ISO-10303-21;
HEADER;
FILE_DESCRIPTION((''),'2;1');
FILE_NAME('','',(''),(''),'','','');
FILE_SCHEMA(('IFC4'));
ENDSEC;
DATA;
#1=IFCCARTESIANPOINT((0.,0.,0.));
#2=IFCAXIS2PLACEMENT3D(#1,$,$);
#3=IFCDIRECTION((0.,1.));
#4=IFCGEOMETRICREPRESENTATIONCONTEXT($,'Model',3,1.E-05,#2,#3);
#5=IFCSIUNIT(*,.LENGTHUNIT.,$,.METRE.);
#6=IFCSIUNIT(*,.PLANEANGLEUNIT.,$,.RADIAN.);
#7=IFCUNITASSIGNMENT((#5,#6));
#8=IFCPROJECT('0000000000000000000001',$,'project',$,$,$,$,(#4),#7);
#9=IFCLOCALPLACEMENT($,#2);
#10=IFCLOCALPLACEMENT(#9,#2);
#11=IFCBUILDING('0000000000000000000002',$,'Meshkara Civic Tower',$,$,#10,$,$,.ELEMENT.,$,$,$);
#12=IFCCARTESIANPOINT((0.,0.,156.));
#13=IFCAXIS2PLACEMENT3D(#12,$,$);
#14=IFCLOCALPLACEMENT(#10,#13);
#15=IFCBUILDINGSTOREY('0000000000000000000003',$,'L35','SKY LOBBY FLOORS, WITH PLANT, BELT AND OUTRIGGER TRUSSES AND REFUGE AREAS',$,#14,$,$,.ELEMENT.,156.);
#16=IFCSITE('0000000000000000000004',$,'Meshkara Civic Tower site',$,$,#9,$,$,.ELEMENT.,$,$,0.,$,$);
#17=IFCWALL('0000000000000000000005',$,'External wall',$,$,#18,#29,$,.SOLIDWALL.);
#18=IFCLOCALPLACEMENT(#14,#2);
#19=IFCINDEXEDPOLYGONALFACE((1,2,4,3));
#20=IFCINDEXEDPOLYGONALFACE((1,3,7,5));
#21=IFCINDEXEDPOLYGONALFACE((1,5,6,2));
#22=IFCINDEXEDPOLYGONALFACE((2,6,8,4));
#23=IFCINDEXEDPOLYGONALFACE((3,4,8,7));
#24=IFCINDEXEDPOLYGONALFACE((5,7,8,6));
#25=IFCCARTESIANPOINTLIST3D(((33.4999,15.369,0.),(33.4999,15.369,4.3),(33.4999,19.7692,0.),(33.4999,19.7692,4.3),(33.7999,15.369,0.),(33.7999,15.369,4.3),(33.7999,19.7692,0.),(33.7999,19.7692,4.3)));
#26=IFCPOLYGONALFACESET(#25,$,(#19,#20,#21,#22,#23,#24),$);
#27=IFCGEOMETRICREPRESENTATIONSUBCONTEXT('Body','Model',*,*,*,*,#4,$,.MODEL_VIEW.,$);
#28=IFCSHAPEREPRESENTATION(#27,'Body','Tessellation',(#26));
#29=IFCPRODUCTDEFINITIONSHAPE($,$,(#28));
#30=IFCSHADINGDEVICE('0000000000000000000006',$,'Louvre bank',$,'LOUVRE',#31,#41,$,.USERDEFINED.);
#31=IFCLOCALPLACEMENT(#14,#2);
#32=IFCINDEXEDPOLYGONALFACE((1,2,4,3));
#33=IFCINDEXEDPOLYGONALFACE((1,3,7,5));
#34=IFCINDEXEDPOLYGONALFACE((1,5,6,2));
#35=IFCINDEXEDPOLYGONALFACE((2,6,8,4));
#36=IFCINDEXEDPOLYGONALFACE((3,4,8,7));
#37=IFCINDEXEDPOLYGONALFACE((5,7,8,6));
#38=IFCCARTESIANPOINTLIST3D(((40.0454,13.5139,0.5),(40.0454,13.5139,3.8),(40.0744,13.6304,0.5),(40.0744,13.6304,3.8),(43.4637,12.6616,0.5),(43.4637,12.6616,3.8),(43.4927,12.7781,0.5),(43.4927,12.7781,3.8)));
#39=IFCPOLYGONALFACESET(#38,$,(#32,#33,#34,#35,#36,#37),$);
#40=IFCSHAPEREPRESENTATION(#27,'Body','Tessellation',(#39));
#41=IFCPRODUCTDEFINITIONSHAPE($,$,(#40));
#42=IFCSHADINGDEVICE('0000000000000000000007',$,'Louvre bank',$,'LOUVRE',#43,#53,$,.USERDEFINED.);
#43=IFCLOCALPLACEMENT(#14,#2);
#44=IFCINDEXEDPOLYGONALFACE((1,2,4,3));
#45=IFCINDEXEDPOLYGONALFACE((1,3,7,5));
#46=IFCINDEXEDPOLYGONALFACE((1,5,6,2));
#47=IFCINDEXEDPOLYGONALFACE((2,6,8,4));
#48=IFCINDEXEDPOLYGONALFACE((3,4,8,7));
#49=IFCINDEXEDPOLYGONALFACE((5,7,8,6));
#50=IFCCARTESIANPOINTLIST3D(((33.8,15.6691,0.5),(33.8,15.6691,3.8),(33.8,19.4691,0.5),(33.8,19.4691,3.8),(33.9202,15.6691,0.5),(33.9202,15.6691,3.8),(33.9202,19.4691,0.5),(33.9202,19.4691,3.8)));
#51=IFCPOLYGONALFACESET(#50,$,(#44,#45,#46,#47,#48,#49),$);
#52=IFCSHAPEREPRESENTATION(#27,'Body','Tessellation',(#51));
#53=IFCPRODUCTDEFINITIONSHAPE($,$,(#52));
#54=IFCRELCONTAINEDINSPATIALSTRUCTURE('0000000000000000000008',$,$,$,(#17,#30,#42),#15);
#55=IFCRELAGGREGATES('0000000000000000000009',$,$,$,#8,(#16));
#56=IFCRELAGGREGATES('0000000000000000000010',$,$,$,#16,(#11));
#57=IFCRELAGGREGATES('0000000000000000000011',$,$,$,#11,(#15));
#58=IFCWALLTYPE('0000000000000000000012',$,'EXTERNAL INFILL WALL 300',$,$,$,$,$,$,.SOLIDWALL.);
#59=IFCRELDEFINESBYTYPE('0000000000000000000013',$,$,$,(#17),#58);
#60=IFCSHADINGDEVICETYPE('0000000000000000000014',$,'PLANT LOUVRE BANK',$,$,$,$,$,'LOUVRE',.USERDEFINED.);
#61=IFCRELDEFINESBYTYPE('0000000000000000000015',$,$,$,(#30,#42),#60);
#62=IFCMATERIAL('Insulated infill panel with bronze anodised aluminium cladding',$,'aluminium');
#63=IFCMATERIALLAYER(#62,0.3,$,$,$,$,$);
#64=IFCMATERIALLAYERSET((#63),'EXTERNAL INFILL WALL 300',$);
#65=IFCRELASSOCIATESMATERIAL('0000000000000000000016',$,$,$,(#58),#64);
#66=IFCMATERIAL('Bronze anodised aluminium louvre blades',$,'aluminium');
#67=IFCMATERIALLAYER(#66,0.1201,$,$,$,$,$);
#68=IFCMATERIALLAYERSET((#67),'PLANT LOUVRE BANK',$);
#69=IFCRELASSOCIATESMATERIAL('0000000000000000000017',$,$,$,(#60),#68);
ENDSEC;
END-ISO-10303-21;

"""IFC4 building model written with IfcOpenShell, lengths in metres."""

from ifc_helpers import new_model, si_unit, direction, frame, frame_2d, origin, origin_2d, place, context, subcontext, project, spatial, rectangle, extrude, material, layer, layer_set, type_object, element, save


model = new_model("IFC4")

# Units and contexts
model_context = context("Model", 3, precision=1e-05, world=origin(), true_north=direction((0.0, 1.0)))
body_context = subcontext(model_context, "Body", "Model", "MODEL_VIEW")
ifc_project = project(units=[si_unit("LENGTHUNIT", "METRE"), si_unit("PLANEANGLEUNIT", "RADIAN")], contexts=[model_context])

# Site, building, storey
site_placement = place(None, origin())
site = spatial("IfcSite", under=ifc_project, at=site_placement, Name="Meshkara Civic Tower site", CompositionType="ELEMENT", RefElevation=0.0)
building_placement = place(site_placement, origin())
building = spatial("IfcBuilding", under=site, at=building_placement, Name="Meshkara Civic Tower", CompositionType="ELEMENT")
storey_placement = place(building_placement, frame((0.0, 0.0, 156.0)))
storey = spatial("IfcBuildingStorey", under=building, at=storey_placement, Name="L35", Description="SKY LOBBY FLOORS, WITH PLANT, BELT AND OUTRIGGER TRUSSES AND REFUGE AREAS", CompositionType="ELEMENT", Elevation=156.0)

# Wall
ifc_material_1 = material(Name="Insulated infill panel with bronze anodised aluminium cladding", Category="aluminium")
ifc_layer_1 = layer(ifc_material_1, 0.3)
ifc_layer_set_1 = layer_set([ifc_layer_1], Name="EXTERNAL INFILL WALL 300")
wall_type_1 = type_object("IfcWallType", Name="EXTERNAL INFILL WALL 300", PredefinedType="SOLIDWALL", material=ifc_layer_set_1)
wall_1_placement = place(storey_placement, frame((33.6499, 15.3689, 0.0), z_axis=(0.0, 0.0, 1.0), x_axis=(0.0, 1.0, 0.0)))
element("IfcWall", 1, at=wall_1_placement, inside=storey, type_object=wall_type_1, Name="External wall", PredefinedType="SOLIDWALL", context=body_context, shape_type="SweptSolid", body=[
    extrude(rectangle(XDim=4.4001, YDim=0.3, at=frame_2d((2.2002, 0.0))), origin(), (0.0, 0.0, 1.0), 4.3),
])

# Shading devices
ifc_material_2 = material(Name="Bronze anodised aluminium louvre blades", Category="aluminium")
ifc_layer_2 = layer(ifc_material_2, 0.1201)
ifc_layer_set_2 = layer_set([ifc_layer_2], Name="PLANT LOUVRE BANK")
shading_device_type = type_object("IfcShadingDeviceType", Name="PLANT LOUVRE BANK", ElementType="LOUVRE", PredefinedType="USERDEFINED", material=ifc_layer_set_2)
shading_device_1_placement = place(storey_placement, frame((41.769, 13.146, 0.5), z_axis=(0.0, 0.0, 1.0), x_axis=(-0.970292, 0.241939, 0.0)))
element("IfcShadingDevice", 2, at=shading_device_1_placement, inside=storey, type_object=shading_device_type, Name="Louvre bank", ObjectType="LOUVRE", PredefinedType="USERDEFINED", context=body_context, shape_type="SweptSolid", body=[
    extrude(rectangle(XDim=3.5229, YDim=0.1201, at=origin_2d()), origin(), (0.0, 0.0, 1.0), 3.3),
])
shading_device_2_placement = place(storey_placement, frame((33.8601, 17.5691, 0.5), z_axis=(0.0, 0.0, 1.0), x_axis=(0.0, 1.0, 0.0)))
element("IfcShadingDevice", 3, at=shading_device_2_placement, inside=storey, type_object=shading_device_type, Name="Louvre bank", ObjectType="LOUVRE", PredefinedType="USERDEFINED", context=body_context, shape_type="SweptSolid", body=[
    extrude(rectangle(XDim=3.8, YDim=0.1201, at=origin_2d()), origin(), (0.0, 0.0, 1.0), 3.3),
])

save(model, "model.ifc")
